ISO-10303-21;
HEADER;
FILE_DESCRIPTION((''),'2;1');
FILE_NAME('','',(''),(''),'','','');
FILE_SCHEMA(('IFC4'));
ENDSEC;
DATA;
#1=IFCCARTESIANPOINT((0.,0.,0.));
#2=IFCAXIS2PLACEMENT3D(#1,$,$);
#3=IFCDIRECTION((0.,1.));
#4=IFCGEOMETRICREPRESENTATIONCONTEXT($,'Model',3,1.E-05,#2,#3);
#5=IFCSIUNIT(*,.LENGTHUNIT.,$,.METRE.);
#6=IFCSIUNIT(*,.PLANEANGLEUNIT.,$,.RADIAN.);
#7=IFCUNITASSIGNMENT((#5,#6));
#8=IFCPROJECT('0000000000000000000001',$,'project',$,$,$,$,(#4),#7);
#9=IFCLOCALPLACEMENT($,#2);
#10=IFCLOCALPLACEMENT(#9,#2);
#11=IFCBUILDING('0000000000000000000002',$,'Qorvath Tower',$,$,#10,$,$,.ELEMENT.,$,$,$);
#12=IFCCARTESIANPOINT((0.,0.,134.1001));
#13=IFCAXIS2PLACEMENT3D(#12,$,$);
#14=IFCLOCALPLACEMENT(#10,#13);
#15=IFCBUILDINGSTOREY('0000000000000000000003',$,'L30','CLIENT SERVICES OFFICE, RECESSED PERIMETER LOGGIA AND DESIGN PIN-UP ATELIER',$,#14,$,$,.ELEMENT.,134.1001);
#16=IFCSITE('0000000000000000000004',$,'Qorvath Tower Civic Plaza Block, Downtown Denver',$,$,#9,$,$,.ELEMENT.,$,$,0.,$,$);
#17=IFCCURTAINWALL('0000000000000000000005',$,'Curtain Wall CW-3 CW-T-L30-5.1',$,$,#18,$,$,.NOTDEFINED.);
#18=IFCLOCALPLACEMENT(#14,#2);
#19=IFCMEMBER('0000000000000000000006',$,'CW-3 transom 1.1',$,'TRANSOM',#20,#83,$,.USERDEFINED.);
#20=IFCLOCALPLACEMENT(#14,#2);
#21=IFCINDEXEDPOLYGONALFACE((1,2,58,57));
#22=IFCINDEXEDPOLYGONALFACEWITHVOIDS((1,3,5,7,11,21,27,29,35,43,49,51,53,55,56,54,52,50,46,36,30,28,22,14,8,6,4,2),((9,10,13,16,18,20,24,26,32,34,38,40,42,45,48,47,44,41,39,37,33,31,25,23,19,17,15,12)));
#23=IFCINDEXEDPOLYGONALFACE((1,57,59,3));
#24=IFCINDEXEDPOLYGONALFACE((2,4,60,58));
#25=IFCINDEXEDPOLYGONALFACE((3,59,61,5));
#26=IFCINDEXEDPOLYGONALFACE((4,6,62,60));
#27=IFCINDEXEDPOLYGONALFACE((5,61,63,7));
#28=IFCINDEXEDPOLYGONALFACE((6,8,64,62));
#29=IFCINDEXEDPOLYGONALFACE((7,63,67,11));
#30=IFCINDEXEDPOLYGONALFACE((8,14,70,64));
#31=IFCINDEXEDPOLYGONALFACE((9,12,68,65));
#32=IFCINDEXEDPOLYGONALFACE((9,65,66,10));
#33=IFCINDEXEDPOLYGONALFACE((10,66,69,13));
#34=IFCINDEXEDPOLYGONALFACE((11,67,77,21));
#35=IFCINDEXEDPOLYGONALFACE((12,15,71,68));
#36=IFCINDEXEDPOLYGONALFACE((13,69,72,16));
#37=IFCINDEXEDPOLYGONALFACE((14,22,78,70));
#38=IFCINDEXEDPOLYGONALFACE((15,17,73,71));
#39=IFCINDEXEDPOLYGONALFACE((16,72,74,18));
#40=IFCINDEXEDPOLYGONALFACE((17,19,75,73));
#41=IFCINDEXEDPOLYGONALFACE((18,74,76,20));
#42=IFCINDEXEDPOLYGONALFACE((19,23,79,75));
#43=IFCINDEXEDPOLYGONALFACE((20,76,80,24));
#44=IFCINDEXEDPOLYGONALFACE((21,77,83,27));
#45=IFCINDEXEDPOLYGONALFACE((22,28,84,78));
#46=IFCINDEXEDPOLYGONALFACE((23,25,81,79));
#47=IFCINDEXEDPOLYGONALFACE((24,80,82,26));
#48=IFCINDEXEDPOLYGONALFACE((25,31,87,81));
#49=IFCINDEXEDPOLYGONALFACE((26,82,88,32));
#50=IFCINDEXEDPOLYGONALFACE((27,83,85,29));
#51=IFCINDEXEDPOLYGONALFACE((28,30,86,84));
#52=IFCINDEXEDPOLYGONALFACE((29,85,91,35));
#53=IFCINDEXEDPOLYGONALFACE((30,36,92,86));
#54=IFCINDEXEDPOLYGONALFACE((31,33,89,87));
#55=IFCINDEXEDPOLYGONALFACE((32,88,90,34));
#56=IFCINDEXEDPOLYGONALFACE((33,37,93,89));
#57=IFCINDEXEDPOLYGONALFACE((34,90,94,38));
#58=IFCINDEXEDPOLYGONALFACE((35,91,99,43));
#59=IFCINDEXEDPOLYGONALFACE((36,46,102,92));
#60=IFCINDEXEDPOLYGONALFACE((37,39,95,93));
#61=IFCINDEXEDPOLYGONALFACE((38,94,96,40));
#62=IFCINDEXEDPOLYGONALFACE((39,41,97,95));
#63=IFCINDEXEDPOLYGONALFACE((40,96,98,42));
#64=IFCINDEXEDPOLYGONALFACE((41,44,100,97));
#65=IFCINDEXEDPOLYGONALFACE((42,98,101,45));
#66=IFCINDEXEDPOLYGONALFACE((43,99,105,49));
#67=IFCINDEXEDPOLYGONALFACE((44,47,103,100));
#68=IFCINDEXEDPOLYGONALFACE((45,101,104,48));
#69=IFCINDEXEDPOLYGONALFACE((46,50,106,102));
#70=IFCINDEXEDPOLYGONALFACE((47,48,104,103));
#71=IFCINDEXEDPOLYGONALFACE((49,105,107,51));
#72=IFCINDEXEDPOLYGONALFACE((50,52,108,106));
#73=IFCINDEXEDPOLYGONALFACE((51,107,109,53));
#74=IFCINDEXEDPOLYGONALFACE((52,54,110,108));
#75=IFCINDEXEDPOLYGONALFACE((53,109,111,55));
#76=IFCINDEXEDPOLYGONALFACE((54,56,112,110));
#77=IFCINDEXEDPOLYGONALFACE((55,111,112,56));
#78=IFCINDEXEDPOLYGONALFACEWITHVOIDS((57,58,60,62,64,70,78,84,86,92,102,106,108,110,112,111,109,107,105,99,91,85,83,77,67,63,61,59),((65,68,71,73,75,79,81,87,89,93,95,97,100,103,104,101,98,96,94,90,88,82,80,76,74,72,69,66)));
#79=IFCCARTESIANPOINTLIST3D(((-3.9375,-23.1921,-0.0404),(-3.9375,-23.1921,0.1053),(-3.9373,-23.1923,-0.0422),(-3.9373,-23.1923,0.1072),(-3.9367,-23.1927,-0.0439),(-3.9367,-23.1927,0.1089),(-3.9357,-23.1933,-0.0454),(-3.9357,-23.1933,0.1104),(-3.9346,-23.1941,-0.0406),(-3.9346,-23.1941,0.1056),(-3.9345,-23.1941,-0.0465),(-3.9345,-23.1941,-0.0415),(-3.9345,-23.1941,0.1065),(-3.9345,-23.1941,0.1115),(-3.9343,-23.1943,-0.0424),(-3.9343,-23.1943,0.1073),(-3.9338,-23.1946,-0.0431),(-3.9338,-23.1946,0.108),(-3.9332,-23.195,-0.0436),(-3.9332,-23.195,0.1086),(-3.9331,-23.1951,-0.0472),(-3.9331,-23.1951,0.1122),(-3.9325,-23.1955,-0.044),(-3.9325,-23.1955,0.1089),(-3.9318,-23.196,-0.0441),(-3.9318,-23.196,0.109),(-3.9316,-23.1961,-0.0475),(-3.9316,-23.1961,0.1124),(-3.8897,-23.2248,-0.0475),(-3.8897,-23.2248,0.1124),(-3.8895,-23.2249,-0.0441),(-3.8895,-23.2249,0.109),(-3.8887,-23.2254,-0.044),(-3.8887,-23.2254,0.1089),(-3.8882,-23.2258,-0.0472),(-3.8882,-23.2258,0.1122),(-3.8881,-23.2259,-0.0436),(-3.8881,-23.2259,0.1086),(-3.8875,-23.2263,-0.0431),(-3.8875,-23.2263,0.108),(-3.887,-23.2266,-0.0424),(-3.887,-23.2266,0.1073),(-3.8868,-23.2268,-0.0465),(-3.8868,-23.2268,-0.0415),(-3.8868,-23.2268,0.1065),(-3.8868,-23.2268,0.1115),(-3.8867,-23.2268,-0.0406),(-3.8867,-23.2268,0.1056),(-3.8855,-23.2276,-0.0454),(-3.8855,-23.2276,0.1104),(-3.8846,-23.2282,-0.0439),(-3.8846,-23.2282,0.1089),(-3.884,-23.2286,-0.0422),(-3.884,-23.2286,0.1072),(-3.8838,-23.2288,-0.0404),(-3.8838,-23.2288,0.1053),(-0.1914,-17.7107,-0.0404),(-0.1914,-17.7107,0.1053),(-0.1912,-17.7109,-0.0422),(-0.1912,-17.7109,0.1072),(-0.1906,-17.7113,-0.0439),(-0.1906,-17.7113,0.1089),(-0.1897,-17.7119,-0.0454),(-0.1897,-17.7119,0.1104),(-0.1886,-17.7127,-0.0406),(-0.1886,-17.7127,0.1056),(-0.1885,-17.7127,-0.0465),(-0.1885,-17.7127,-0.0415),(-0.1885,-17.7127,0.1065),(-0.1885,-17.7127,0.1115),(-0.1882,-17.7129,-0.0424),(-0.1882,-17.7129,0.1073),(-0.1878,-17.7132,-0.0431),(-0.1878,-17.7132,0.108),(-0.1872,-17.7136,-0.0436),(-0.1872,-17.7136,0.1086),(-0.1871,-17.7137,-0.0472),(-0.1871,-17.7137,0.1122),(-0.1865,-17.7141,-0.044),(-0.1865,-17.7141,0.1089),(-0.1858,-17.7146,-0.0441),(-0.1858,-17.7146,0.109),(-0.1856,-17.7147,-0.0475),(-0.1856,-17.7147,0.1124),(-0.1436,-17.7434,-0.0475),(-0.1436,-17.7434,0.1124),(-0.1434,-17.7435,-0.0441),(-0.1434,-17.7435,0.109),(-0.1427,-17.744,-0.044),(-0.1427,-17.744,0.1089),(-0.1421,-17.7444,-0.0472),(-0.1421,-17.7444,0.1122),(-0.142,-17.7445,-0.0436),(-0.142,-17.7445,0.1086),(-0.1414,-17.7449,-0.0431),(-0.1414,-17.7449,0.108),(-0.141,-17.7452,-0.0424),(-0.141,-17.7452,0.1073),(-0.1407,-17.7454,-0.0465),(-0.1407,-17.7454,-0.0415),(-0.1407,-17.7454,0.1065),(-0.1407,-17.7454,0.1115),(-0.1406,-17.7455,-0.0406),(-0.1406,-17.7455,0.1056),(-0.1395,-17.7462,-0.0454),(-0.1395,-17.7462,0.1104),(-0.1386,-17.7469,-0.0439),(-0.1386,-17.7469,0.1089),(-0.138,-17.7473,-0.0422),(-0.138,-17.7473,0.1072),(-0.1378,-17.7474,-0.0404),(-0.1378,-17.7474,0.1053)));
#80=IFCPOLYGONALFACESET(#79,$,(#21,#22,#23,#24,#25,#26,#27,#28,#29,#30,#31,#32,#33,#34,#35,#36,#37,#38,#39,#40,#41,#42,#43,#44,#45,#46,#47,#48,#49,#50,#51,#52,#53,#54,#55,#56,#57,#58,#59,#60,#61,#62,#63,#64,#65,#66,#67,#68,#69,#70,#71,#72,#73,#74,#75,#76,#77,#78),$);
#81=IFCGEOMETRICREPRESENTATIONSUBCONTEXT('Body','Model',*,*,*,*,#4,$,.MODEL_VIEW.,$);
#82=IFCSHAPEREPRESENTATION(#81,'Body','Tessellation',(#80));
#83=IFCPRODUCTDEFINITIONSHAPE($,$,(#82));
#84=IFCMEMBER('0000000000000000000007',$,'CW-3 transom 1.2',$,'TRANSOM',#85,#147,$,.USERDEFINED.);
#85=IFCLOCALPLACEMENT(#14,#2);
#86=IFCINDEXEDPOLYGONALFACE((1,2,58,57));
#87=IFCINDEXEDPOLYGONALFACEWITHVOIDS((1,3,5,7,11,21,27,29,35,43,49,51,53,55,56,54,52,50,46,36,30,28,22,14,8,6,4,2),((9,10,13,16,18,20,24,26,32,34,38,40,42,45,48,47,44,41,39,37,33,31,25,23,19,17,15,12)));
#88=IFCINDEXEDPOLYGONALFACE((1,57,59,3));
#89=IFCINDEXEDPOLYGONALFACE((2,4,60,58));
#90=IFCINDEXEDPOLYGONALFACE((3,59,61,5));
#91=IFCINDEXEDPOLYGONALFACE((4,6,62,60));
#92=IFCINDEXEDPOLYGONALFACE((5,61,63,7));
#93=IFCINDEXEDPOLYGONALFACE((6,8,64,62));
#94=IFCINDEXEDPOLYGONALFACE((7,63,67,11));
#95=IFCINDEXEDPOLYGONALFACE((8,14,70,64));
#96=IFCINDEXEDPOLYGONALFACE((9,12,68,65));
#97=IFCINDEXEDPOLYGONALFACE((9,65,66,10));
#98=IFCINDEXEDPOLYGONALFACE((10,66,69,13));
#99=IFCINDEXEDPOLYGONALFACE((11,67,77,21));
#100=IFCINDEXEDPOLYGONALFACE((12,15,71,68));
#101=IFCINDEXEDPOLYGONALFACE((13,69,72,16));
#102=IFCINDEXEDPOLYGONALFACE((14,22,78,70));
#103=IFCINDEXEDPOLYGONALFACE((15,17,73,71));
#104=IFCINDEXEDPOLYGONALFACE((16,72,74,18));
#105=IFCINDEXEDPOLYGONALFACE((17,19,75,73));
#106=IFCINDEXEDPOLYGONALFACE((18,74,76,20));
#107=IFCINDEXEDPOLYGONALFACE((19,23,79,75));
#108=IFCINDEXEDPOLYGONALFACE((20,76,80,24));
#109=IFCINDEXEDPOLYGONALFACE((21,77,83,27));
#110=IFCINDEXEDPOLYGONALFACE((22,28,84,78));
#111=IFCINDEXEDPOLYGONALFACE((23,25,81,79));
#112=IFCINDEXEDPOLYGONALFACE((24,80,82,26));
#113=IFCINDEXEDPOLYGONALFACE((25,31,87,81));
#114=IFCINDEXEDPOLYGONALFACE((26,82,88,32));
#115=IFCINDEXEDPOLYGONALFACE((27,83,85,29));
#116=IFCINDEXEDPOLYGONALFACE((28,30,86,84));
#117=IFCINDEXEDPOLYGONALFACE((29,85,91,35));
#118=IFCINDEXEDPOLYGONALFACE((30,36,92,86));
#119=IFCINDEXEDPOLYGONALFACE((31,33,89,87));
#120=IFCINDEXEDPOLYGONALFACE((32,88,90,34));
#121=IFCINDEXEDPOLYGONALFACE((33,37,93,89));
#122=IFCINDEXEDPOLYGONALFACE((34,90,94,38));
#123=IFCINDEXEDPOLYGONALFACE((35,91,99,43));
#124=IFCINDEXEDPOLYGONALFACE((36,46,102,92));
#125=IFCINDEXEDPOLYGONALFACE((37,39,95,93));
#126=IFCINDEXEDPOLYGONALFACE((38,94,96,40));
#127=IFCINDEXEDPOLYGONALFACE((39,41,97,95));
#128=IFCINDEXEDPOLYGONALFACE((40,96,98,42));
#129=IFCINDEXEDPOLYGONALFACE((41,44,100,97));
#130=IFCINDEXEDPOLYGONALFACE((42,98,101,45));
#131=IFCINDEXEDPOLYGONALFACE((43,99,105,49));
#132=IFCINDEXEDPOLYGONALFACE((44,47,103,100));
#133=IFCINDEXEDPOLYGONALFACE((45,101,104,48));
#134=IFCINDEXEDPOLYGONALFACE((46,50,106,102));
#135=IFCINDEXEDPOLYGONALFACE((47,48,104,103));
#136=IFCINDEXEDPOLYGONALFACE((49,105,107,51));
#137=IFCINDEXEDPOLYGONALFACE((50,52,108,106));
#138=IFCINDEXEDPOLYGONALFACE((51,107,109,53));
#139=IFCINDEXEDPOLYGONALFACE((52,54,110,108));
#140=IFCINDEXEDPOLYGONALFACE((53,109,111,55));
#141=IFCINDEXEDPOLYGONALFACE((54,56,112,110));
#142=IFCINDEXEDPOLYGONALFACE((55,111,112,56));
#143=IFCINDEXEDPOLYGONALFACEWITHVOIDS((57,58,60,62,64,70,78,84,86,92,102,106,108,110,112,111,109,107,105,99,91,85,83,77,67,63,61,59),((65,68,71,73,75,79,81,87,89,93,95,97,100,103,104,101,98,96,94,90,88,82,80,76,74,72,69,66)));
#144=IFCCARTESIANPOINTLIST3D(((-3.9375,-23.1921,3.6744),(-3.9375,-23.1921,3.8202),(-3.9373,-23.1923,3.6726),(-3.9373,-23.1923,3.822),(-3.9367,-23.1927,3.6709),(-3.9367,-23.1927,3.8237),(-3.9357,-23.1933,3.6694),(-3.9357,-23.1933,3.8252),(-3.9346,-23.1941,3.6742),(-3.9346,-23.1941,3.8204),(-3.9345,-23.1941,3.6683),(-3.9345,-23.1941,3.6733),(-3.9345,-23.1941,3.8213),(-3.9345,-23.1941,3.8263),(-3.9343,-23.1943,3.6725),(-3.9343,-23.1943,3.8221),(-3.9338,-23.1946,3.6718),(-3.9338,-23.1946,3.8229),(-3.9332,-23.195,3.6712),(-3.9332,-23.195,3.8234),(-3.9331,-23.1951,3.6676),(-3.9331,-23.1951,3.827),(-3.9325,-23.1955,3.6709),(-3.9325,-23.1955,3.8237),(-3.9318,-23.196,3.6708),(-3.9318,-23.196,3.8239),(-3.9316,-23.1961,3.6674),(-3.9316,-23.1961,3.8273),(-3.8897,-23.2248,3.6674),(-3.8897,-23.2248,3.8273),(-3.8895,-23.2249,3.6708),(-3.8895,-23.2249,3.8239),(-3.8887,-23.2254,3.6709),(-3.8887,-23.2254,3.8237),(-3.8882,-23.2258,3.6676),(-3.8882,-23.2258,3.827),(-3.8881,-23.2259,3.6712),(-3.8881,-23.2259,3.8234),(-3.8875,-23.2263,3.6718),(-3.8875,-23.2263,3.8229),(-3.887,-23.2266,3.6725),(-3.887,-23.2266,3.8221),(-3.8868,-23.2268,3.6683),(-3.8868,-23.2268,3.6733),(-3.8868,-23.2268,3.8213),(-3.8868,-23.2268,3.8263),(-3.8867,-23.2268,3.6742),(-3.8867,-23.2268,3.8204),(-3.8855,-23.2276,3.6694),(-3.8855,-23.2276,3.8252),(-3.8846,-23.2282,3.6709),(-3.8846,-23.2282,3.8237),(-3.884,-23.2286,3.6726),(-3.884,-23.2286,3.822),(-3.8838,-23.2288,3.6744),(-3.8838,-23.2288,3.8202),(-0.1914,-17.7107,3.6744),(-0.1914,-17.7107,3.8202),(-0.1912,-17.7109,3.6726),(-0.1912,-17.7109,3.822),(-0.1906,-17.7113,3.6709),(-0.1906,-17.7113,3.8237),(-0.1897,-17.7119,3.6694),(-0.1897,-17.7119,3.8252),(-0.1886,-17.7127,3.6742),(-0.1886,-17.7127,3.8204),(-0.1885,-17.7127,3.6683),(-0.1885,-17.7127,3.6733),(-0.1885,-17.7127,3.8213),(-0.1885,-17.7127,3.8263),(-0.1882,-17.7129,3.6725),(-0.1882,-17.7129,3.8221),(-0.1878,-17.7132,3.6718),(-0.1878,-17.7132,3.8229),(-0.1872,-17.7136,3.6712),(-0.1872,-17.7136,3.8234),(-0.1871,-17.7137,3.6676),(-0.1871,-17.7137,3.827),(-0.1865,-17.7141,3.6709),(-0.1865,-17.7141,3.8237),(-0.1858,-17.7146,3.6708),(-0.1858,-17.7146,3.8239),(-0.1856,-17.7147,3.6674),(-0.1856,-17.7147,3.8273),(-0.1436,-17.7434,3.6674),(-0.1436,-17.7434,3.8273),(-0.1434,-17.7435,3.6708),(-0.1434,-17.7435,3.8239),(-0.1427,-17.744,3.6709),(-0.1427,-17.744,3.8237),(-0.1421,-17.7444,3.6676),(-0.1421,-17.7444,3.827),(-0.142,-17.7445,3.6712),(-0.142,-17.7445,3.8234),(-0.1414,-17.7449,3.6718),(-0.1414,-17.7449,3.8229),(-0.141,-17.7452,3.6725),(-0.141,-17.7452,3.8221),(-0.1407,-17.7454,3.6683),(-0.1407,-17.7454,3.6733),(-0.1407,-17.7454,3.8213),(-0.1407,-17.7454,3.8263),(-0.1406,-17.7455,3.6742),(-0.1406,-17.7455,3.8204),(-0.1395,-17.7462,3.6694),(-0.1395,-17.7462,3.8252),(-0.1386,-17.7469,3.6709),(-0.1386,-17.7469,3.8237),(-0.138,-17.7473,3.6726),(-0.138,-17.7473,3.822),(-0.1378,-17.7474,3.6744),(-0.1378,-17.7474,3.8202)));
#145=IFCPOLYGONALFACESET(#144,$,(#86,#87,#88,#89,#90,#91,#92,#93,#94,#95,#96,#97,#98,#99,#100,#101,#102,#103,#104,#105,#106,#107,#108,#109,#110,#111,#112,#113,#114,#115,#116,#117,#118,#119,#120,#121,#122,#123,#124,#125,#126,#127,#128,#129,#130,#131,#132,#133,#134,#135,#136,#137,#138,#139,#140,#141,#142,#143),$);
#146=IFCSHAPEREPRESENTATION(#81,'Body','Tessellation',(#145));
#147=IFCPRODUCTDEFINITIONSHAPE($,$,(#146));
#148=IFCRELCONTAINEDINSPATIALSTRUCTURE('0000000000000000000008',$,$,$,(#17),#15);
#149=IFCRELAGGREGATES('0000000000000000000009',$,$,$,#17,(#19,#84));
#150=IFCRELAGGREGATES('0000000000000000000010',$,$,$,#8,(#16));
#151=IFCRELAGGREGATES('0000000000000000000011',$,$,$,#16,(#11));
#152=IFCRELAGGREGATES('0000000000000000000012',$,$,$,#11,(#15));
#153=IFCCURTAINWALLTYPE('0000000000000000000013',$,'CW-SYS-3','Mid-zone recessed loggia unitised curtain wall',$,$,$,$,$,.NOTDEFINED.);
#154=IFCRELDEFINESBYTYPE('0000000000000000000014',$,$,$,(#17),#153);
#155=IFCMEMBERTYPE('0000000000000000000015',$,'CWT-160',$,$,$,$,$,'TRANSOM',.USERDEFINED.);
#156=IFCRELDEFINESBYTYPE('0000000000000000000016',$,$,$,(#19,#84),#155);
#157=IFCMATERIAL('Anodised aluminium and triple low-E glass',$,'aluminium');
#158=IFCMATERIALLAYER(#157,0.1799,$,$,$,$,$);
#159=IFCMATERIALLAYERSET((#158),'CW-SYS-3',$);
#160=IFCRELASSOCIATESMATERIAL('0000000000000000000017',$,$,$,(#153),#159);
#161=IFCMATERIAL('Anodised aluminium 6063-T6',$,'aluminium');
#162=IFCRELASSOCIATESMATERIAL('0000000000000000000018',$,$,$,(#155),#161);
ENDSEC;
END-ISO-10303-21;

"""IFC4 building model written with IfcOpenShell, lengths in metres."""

from ifc_helpers import new_model, si_unit, direction, frame, origin, origin_2d, place, context, subcontext, project, spatial, hollow_rectangle, extrude, material, layer, layer_set, material_profile, profile_set, type_object, element, aggregate, save


model = new_model("IFC4")

# Units and contexts
model_context = context("Model", 3, precision=1e-05, world=origin(), true_north=direction((0.0, 1.0)))
body_context = subcontext(model_context, "Body", "Model", "MODEL_VIEW")
ifc_project = project(units=[si_unit("LENGTHUNIT", "METRE"), si_unit("PLANEANGLEUNIT", "RADIAN")], contexts=[model_context])

# Site, building, storey
site_placement = place(None, origin())
site = spatial("IfcSite", under=ifc_project, at=site_placement, Name="Qorvath Tower Civic Plaza Block, Downtown Denver", CompositionType="ELEMENT", RefElevation=0.0)
building_placement = place(site_placement, origin())
building = spatial("IfcBuilding", under=site, at=building_placement, Name="Qorvath Tower", CompositionType="ELEMENT")
storey_placement = place(building_placement, frame((0.0, 0.0, 134.1001)))
storey = spatial("IfcBuildingStorey", under=building, at=storey_placement, Name="L30", Description="CLIENT SERVICES OFFICE, RECESSED PERIMETER LOGGIA AND DESIGN PIN-UP ATELIER", CompositionType="ELEMENT", Elevation=134.1001)

# Curtain wall
ifc_material_1 = material(Name="Anodised aluminium and triple low-E glass", Category="aluminium")
ifc_layer_1 = layer(ifc_material_1, 0.1799)
ifc_layer_set_1 = layer_set([ifc_layer_1], Name="CW-SYS-3")
curtain_wall_type = type_object("IfcCurtainWallType", Name="CW-SYS-3", Description="Mid-zone recessed loggia unitised curtain wall", PredefinedType="NOTDEFINED", material=ifc_layer_set_1)
curtain_wall_1_placement = place(storey_placement, origin())
curtain_wall_1 = element("IfcCurtainWall", 1, at=curtain_wall_1_placement, inside=storey, type_object=curtain_wall_type, Name="Curtain Wall CW-3 CW-T-L30-5.1", PredefinedType="NOTDEFINED")

# Members
ifc_material_2 = material(Name="Anodised aluminium 6063-T6", Category="aluminium")
ifc_material_profile_1 = material_profile(ifc_material_2, hollow_rectangle(XDim=0.0649, YDim=0.1599, WallThickness=0.0034, InnerFilletRadius=0.0034, OuterFilletRadius=0.0071, at=origin_2d()), Name="CWT 160x65")
ifc_profile_set_1 = profile_set([ifc_material_profile_1], Name="Anodised aluminium 6063-T6")
member_type_1 = type_object("IfcMemberType", Name="CWT-160", ElementType="TRANSOM", PredefinedType="USERDEFINED", material=ifc_profile_set_1)
member_1_placement = place(storey_placement, frame((-3.9106, -23.2104, 0.0325), z_axis=(0.564236, 0.825614, 0.0), x_axis=(-0.825614, 0.564236, 0.0)))
member_1 = element("IfcMember", 2, at=member_1_placement, type_object=member_type_1, Name="CW-3 transom 1.1", ObjectType="TRANSOM", PredefinedType="USERDEFINED", context=body_context, shape_type="SweptSolid", body=[
    extrude(hollow_rectangle(XDim=0.0649, YDim=0.1599, WallThickness=0.0034, InnerFilletRadius=0.0034, OuterFilletRadius=0.0071, at=origin_2d()), origin(), (0.0, 0.0, 1.0), 6.6392),
])
member_2_placement = place(storey_placement, frame((-3.9106, -23.2104, 3.7473), z_axis=(0.564236, 0.825614, 0.0), x_axis=(-0.825614, 0.564236, 0.0)))
member_2 = element("IfcMember", 3, at=member_2_placement, type_object=member_type_1, Name="CW-3 transom 1.2", ObjectType="TRANSOM", PredefinedType="USERDEFINED", context=body_context, shape_type="SweptSolid", body=[
    extrude(hollow_rectangle(XDim=0.0649, YDim=0.1599, WallThickness=0.0034, InnerFilletRadius=0.0034, OuterFilletRadius=0.0071, at=origin_2d()), origin(), (0.0, 0.0, 1.0), 6.6392),
])

aggregate(curtain_wall_1, [member_1, member_2])

save(model, "model.ifc")
